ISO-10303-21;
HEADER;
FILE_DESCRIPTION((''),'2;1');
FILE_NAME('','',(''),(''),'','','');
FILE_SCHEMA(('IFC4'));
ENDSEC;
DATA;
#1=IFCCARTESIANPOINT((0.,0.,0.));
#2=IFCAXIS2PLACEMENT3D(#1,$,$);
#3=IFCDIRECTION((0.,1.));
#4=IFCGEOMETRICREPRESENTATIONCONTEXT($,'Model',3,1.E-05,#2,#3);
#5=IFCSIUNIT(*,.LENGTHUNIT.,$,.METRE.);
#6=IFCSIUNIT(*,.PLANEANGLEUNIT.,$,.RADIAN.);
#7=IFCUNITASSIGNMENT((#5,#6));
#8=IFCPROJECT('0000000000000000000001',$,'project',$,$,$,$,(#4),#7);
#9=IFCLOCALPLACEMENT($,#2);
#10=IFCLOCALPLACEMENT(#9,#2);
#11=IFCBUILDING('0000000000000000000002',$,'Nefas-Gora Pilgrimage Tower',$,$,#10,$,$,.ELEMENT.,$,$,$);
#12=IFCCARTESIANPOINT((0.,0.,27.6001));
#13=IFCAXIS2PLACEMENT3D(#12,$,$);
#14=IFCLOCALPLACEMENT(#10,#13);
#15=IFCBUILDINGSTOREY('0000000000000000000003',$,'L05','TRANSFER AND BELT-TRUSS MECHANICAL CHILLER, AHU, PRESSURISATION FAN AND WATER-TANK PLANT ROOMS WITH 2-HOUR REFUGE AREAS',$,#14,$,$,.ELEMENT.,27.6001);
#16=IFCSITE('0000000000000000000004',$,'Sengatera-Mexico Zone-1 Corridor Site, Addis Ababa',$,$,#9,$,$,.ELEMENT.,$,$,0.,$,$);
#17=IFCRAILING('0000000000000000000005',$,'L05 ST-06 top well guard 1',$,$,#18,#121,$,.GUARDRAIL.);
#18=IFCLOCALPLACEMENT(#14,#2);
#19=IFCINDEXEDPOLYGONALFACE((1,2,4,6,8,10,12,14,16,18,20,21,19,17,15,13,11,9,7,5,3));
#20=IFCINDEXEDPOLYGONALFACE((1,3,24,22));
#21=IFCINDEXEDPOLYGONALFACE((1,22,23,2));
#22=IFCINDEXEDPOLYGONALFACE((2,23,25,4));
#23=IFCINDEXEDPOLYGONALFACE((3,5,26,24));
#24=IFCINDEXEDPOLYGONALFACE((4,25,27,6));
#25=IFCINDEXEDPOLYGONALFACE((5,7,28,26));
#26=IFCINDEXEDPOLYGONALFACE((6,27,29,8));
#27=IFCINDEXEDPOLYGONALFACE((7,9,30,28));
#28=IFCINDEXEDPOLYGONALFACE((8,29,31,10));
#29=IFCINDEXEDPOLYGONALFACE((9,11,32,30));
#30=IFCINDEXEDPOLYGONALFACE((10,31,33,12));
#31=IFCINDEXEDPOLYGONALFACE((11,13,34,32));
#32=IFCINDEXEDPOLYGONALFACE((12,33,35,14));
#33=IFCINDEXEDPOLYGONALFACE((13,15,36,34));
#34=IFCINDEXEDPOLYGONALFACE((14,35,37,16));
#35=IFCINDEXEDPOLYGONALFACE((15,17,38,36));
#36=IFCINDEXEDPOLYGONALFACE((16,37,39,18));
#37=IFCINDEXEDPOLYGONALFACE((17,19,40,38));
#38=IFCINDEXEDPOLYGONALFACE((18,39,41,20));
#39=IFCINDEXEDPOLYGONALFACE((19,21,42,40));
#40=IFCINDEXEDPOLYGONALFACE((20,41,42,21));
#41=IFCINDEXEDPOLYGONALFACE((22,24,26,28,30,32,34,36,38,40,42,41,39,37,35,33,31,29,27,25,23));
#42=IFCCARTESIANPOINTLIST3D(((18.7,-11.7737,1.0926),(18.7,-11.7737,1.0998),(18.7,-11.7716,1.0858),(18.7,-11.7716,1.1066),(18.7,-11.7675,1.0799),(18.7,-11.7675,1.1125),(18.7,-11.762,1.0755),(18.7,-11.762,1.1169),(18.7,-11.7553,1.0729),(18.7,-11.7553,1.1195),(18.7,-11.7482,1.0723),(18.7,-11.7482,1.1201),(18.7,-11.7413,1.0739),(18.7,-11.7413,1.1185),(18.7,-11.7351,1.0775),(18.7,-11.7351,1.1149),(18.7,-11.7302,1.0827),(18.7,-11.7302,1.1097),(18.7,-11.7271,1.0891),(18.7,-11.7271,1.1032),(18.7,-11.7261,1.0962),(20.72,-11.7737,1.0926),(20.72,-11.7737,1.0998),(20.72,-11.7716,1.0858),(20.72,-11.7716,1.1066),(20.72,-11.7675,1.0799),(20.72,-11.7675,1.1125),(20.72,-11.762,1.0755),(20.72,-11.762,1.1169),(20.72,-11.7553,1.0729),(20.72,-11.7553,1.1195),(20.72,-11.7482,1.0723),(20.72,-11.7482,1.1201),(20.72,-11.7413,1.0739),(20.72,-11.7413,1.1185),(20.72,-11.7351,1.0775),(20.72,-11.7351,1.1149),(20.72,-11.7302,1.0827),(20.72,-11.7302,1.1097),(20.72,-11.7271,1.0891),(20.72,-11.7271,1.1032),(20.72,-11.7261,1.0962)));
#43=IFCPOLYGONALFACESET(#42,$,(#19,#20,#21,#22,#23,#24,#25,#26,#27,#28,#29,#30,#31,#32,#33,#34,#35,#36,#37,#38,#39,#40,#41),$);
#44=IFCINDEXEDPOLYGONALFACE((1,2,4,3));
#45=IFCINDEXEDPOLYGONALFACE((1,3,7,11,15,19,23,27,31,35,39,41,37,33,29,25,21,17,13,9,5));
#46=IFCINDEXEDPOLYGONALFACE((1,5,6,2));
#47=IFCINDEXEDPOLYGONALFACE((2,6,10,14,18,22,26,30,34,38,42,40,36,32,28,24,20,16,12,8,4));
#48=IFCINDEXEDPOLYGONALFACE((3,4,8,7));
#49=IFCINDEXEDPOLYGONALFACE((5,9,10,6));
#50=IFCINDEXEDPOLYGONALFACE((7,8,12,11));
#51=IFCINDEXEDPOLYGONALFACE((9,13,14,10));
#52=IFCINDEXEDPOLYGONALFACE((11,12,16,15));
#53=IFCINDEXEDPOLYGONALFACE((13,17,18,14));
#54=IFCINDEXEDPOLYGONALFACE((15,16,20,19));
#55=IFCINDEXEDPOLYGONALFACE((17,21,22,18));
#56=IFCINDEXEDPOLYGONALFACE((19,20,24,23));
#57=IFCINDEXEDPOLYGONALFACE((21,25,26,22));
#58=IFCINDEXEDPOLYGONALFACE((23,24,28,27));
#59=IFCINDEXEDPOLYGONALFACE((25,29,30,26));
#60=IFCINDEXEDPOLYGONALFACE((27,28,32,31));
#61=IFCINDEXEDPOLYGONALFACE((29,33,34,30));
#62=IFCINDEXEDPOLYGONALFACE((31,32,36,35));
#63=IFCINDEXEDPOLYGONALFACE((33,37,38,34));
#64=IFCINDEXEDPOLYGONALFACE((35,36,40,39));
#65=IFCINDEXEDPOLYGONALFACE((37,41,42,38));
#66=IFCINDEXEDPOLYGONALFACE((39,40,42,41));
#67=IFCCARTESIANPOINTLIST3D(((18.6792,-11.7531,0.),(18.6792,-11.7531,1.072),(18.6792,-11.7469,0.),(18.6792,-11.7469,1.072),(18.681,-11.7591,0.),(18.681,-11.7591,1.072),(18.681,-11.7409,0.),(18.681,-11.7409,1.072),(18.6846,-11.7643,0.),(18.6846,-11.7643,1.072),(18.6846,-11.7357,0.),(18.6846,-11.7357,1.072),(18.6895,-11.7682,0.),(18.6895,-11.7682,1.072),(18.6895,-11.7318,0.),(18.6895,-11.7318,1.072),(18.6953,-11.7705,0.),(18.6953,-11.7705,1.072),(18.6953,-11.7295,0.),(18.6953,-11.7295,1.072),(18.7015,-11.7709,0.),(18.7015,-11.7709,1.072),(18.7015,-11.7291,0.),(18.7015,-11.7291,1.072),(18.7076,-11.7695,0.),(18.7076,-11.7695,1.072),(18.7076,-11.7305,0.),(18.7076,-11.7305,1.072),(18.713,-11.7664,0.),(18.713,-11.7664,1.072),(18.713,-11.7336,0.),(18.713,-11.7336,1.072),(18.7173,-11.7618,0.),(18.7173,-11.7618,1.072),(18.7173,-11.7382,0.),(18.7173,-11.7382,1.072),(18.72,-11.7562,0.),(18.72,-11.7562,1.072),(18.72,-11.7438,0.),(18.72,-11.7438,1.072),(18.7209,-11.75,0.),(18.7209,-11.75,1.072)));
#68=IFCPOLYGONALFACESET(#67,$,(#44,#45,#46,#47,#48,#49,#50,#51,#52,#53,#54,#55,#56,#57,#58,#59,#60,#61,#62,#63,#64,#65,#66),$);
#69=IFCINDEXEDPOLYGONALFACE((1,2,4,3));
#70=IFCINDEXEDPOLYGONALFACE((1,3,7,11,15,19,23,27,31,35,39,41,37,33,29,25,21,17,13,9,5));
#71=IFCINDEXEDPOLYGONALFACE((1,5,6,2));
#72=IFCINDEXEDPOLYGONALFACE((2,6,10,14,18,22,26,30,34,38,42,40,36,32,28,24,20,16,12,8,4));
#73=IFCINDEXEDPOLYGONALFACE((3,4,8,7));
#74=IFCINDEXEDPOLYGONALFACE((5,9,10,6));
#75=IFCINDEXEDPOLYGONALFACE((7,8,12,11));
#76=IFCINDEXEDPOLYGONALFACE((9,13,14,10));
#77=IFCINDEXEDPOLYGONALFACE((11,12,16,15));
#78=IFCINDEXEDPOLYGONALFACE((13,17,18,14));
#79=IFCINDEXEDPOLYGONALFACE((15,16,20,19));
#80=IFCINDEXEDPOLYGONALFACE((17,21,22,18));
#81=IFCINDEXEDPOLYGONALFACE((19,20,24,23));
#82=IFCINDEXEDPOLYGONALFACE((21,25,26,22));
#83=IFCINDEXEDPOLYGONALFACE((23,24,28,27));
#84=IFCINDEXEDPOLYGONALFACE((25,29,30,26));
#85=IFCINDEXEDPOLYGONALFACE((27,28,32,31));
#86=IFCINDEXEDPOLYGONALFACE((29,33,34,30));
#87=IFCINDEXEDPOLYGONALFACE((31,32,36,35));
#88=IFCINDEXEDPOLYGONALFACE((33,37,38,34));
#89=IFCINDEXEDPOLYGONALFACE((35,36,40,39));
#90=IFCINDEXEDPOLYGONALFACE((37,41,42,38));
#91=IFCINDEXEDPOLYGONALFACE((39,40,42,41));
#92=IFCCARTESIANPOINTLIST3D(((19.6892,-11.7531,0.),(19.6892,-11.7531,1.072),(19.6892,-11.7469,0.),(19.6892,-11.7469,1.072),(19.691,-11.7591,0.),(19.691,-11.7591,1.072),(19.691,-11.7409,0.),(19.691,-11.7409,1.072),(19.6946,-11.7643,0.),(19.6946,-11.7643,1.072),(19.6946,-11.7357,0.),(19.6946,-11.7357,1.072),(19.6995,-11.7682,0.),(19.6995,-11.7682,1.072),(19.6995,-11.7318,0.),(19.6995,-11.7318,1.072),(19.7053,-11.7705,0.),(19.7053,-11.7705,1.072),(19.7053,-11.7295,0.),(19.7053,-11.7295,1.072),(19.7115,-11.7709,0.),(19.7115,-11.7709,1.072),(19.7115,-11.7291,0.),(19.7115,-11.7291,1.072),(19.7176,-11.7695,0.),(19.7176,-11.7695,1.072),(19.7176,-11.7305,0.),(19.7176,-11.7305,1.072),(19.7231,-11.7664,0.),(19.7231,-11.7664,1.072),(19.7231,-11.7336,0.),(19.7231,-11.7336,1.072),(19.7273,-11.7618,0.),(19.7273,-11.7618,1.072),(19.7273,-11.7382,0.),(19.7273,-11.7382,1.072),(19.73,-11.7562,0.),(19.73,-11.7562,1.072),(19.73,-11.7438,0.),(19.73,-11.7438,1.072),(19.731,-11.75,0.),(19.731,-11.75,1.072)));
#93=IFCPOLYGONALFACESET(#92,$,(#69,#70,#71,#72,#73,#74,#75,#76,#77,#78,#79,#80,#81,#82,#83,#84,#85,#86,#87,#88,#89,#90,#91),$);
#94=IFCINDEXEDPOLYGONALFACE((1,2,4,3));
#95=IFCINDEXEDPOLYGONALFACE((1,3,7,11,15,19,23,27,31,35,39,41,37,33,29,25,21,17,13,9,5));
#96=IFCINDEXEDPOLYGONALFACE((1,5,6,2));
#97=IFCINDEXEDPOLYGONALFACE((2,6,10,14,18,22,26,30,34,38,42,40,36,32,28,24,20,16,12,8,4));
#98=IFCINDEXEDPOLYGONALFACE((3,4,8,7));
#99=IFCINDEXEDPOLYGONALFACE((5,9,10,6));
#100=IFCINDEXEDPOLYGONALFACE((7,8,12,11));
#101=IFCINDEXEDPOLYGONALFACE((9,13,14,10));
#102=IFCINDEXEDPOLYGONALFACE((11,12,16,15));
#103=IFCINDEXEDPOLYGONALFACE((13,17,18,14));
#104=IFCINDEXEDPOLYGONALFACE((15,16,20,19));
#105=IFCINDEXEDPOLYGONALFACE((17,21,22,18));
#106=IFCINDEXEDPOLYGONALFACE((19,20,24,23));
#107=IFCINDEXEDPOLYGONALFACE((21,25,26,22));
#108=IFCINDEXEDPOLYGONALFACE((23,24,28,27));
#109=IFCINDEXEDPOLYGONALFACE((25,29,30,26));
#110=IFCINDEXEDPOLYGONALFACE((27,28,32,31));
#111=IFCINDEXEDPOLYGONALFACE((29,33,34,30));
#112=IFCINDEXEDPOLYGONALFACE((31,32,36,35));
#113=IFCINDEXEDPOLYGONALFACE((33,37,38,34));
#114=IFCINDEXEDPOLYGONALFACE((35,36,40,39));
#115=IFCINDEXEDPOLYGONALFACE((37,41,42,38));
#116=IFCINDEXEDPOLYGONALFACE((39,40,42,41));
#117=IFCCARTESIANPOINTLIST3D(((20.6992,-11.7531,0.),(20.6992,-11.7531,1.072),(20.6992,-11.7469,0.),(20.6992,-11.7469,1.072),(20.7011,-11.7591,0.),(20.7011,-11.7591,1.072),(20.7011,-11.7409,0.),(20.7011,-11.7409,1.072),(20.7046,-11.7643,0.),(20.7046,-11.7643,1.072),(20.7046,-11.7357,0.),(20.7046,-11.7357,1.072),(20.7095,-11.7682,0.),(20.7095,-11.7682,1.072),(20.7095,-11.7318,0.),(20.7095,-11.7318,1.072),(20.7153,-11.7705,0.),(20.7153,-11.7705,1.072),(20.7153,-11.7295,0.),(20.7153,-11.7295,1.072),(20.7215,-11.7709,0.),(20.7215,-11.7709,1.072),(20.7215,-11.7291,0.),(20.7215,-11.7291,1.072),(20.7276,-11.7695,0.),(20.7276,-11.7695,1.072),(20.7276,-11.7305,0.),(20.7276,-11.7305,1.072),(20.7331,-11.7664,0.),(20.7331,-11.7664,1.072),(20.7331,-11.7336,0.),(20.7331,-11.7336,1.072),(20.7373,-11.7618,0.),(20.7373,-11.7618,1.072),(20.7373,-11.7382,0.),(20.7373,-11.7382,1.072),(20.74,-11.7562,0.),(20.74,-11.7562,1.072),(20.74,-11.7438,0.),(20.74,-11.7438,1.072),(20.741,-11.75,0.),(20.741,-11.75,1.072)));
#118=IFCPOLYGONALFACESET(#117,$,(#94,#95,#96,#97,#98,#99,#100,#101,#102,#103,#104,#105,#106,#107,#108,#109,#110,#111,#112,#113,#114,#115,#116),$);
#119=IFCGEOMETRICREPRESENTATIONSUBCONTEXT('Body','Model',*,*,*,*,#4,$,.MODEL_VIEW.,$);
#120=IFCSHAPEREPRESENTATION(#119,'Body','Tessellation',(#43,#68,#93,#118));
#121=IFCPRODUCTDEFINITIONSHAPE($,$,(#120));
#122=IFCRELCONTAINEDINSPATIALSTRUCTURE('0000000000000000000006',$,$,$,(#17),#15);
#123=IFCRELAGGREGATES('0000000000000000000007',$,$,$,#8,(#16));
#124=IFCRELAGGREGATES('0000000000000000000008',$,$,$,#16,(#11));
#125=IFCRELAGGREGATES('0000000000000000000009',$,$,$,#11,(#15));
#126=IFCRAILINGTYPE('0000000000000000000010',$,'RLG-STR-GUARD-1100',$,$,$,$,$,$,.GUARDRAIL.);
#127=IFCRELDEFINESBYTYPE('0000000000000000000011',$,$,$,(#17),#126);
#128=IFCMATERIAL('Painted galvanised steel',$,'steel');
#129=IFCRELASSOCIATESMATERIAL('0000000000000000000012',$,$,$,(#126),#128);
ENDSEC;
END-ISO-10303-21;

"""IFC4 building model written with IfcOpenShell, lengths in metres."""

from ifc_helpers import new_model, si_unit, direction, frame, origin, origin_2d, place, context, subcontext, project, spatial, circle, extrude, material, type_object, element, save


model = new_model("IFC4")

# Units and contexts
model_context = context("Model", 3, precision=1e-05, world=origin(), true_north=direction((0.0, 1.0)))
body_context = subcontext(model_context, "Body", "Model", "MODEL_VIEW")
ifc_project = project(units=[si_unit("LENGTHUNIT", "METRE"), si_unit("PLANEANGLEUNIT", "RADIAN")], contexts=[model_context])

# Site, building, storey
site_placement = place(None, origin())
site = spatial("IfcSite", under=ifc_project, at=site_placement, Name="Sengatera-Mexico Zone-1 Corridor Site, Addis Ababa", CompositionType="ELEMENT", RefElevation=0.0)
building_placement = place(site_placement, origin())
building = spatial("IfcBuilding", under=site, at=building_placement, Name="Nefas-Gora Pilgrimage Tower", CompositionType="ELEMENT")
storey_placement = place(building_placement, frame((0.0, 0.0, 27.6001)))
storey = spatial("IfcBuildingStorey", under=building, at=storey_placement, Name="L05", Description="TRANSFER AND BELT-TRUSS MECHANICAL CHILLER, AHU, PRESSURISATION FAN AND WATER-TANK PLANT ROOMS WITH 2-HOUR REFUGE AREAS", CompositionType="ELEMENT", Elevation=27.6001)

# Railing
ifc_material_1 = material(Name="Painted galvanised steel", Category="steel")
railing_type = type_object("IfcRailingType", Name="RLG-STR-GUARD-1100", PredefinedType="GUARDRAIL", material=ifc_material_1)
railing_placement = place(storey_placement, frame((18.7, -11.75, 0.0)))
element("IfcRailing", 1, at=railing_placement, inside=storey, type_object=railing_type, Name="L05 ST-06 top well guard 1", PredefinedType="GUARDRAIL", context=body_context, shape_type="SweptSolid", body=[
    extrude(circle(Radius=0.0239, at=origin_2d()), frame((0.0, 0.0, 1.0962), z_axis=(1.0, 0.0, 0.0), x_axis=(0.0, 1.0, 0.0)), (0.0, 0.0, 1.0), 2.02),
    extrude(circle(Radius=0.021, at=origin_2d()), origin(), (0.0, 0.0, 1.0), 1.072),
    extrude(circle(Radius=0.021, at=origin_2d()), frame((1.01, 0.0, 0.0)), (0.0, 0.0, 1.0), 1.072),
    extrude(circle(Radius=0.021, at=origin_2d()), frame((2.02, 0.0, 0.0)), (0.0, 0.0, 1.0), 1.072),
])

save(model, "model.ifc")
